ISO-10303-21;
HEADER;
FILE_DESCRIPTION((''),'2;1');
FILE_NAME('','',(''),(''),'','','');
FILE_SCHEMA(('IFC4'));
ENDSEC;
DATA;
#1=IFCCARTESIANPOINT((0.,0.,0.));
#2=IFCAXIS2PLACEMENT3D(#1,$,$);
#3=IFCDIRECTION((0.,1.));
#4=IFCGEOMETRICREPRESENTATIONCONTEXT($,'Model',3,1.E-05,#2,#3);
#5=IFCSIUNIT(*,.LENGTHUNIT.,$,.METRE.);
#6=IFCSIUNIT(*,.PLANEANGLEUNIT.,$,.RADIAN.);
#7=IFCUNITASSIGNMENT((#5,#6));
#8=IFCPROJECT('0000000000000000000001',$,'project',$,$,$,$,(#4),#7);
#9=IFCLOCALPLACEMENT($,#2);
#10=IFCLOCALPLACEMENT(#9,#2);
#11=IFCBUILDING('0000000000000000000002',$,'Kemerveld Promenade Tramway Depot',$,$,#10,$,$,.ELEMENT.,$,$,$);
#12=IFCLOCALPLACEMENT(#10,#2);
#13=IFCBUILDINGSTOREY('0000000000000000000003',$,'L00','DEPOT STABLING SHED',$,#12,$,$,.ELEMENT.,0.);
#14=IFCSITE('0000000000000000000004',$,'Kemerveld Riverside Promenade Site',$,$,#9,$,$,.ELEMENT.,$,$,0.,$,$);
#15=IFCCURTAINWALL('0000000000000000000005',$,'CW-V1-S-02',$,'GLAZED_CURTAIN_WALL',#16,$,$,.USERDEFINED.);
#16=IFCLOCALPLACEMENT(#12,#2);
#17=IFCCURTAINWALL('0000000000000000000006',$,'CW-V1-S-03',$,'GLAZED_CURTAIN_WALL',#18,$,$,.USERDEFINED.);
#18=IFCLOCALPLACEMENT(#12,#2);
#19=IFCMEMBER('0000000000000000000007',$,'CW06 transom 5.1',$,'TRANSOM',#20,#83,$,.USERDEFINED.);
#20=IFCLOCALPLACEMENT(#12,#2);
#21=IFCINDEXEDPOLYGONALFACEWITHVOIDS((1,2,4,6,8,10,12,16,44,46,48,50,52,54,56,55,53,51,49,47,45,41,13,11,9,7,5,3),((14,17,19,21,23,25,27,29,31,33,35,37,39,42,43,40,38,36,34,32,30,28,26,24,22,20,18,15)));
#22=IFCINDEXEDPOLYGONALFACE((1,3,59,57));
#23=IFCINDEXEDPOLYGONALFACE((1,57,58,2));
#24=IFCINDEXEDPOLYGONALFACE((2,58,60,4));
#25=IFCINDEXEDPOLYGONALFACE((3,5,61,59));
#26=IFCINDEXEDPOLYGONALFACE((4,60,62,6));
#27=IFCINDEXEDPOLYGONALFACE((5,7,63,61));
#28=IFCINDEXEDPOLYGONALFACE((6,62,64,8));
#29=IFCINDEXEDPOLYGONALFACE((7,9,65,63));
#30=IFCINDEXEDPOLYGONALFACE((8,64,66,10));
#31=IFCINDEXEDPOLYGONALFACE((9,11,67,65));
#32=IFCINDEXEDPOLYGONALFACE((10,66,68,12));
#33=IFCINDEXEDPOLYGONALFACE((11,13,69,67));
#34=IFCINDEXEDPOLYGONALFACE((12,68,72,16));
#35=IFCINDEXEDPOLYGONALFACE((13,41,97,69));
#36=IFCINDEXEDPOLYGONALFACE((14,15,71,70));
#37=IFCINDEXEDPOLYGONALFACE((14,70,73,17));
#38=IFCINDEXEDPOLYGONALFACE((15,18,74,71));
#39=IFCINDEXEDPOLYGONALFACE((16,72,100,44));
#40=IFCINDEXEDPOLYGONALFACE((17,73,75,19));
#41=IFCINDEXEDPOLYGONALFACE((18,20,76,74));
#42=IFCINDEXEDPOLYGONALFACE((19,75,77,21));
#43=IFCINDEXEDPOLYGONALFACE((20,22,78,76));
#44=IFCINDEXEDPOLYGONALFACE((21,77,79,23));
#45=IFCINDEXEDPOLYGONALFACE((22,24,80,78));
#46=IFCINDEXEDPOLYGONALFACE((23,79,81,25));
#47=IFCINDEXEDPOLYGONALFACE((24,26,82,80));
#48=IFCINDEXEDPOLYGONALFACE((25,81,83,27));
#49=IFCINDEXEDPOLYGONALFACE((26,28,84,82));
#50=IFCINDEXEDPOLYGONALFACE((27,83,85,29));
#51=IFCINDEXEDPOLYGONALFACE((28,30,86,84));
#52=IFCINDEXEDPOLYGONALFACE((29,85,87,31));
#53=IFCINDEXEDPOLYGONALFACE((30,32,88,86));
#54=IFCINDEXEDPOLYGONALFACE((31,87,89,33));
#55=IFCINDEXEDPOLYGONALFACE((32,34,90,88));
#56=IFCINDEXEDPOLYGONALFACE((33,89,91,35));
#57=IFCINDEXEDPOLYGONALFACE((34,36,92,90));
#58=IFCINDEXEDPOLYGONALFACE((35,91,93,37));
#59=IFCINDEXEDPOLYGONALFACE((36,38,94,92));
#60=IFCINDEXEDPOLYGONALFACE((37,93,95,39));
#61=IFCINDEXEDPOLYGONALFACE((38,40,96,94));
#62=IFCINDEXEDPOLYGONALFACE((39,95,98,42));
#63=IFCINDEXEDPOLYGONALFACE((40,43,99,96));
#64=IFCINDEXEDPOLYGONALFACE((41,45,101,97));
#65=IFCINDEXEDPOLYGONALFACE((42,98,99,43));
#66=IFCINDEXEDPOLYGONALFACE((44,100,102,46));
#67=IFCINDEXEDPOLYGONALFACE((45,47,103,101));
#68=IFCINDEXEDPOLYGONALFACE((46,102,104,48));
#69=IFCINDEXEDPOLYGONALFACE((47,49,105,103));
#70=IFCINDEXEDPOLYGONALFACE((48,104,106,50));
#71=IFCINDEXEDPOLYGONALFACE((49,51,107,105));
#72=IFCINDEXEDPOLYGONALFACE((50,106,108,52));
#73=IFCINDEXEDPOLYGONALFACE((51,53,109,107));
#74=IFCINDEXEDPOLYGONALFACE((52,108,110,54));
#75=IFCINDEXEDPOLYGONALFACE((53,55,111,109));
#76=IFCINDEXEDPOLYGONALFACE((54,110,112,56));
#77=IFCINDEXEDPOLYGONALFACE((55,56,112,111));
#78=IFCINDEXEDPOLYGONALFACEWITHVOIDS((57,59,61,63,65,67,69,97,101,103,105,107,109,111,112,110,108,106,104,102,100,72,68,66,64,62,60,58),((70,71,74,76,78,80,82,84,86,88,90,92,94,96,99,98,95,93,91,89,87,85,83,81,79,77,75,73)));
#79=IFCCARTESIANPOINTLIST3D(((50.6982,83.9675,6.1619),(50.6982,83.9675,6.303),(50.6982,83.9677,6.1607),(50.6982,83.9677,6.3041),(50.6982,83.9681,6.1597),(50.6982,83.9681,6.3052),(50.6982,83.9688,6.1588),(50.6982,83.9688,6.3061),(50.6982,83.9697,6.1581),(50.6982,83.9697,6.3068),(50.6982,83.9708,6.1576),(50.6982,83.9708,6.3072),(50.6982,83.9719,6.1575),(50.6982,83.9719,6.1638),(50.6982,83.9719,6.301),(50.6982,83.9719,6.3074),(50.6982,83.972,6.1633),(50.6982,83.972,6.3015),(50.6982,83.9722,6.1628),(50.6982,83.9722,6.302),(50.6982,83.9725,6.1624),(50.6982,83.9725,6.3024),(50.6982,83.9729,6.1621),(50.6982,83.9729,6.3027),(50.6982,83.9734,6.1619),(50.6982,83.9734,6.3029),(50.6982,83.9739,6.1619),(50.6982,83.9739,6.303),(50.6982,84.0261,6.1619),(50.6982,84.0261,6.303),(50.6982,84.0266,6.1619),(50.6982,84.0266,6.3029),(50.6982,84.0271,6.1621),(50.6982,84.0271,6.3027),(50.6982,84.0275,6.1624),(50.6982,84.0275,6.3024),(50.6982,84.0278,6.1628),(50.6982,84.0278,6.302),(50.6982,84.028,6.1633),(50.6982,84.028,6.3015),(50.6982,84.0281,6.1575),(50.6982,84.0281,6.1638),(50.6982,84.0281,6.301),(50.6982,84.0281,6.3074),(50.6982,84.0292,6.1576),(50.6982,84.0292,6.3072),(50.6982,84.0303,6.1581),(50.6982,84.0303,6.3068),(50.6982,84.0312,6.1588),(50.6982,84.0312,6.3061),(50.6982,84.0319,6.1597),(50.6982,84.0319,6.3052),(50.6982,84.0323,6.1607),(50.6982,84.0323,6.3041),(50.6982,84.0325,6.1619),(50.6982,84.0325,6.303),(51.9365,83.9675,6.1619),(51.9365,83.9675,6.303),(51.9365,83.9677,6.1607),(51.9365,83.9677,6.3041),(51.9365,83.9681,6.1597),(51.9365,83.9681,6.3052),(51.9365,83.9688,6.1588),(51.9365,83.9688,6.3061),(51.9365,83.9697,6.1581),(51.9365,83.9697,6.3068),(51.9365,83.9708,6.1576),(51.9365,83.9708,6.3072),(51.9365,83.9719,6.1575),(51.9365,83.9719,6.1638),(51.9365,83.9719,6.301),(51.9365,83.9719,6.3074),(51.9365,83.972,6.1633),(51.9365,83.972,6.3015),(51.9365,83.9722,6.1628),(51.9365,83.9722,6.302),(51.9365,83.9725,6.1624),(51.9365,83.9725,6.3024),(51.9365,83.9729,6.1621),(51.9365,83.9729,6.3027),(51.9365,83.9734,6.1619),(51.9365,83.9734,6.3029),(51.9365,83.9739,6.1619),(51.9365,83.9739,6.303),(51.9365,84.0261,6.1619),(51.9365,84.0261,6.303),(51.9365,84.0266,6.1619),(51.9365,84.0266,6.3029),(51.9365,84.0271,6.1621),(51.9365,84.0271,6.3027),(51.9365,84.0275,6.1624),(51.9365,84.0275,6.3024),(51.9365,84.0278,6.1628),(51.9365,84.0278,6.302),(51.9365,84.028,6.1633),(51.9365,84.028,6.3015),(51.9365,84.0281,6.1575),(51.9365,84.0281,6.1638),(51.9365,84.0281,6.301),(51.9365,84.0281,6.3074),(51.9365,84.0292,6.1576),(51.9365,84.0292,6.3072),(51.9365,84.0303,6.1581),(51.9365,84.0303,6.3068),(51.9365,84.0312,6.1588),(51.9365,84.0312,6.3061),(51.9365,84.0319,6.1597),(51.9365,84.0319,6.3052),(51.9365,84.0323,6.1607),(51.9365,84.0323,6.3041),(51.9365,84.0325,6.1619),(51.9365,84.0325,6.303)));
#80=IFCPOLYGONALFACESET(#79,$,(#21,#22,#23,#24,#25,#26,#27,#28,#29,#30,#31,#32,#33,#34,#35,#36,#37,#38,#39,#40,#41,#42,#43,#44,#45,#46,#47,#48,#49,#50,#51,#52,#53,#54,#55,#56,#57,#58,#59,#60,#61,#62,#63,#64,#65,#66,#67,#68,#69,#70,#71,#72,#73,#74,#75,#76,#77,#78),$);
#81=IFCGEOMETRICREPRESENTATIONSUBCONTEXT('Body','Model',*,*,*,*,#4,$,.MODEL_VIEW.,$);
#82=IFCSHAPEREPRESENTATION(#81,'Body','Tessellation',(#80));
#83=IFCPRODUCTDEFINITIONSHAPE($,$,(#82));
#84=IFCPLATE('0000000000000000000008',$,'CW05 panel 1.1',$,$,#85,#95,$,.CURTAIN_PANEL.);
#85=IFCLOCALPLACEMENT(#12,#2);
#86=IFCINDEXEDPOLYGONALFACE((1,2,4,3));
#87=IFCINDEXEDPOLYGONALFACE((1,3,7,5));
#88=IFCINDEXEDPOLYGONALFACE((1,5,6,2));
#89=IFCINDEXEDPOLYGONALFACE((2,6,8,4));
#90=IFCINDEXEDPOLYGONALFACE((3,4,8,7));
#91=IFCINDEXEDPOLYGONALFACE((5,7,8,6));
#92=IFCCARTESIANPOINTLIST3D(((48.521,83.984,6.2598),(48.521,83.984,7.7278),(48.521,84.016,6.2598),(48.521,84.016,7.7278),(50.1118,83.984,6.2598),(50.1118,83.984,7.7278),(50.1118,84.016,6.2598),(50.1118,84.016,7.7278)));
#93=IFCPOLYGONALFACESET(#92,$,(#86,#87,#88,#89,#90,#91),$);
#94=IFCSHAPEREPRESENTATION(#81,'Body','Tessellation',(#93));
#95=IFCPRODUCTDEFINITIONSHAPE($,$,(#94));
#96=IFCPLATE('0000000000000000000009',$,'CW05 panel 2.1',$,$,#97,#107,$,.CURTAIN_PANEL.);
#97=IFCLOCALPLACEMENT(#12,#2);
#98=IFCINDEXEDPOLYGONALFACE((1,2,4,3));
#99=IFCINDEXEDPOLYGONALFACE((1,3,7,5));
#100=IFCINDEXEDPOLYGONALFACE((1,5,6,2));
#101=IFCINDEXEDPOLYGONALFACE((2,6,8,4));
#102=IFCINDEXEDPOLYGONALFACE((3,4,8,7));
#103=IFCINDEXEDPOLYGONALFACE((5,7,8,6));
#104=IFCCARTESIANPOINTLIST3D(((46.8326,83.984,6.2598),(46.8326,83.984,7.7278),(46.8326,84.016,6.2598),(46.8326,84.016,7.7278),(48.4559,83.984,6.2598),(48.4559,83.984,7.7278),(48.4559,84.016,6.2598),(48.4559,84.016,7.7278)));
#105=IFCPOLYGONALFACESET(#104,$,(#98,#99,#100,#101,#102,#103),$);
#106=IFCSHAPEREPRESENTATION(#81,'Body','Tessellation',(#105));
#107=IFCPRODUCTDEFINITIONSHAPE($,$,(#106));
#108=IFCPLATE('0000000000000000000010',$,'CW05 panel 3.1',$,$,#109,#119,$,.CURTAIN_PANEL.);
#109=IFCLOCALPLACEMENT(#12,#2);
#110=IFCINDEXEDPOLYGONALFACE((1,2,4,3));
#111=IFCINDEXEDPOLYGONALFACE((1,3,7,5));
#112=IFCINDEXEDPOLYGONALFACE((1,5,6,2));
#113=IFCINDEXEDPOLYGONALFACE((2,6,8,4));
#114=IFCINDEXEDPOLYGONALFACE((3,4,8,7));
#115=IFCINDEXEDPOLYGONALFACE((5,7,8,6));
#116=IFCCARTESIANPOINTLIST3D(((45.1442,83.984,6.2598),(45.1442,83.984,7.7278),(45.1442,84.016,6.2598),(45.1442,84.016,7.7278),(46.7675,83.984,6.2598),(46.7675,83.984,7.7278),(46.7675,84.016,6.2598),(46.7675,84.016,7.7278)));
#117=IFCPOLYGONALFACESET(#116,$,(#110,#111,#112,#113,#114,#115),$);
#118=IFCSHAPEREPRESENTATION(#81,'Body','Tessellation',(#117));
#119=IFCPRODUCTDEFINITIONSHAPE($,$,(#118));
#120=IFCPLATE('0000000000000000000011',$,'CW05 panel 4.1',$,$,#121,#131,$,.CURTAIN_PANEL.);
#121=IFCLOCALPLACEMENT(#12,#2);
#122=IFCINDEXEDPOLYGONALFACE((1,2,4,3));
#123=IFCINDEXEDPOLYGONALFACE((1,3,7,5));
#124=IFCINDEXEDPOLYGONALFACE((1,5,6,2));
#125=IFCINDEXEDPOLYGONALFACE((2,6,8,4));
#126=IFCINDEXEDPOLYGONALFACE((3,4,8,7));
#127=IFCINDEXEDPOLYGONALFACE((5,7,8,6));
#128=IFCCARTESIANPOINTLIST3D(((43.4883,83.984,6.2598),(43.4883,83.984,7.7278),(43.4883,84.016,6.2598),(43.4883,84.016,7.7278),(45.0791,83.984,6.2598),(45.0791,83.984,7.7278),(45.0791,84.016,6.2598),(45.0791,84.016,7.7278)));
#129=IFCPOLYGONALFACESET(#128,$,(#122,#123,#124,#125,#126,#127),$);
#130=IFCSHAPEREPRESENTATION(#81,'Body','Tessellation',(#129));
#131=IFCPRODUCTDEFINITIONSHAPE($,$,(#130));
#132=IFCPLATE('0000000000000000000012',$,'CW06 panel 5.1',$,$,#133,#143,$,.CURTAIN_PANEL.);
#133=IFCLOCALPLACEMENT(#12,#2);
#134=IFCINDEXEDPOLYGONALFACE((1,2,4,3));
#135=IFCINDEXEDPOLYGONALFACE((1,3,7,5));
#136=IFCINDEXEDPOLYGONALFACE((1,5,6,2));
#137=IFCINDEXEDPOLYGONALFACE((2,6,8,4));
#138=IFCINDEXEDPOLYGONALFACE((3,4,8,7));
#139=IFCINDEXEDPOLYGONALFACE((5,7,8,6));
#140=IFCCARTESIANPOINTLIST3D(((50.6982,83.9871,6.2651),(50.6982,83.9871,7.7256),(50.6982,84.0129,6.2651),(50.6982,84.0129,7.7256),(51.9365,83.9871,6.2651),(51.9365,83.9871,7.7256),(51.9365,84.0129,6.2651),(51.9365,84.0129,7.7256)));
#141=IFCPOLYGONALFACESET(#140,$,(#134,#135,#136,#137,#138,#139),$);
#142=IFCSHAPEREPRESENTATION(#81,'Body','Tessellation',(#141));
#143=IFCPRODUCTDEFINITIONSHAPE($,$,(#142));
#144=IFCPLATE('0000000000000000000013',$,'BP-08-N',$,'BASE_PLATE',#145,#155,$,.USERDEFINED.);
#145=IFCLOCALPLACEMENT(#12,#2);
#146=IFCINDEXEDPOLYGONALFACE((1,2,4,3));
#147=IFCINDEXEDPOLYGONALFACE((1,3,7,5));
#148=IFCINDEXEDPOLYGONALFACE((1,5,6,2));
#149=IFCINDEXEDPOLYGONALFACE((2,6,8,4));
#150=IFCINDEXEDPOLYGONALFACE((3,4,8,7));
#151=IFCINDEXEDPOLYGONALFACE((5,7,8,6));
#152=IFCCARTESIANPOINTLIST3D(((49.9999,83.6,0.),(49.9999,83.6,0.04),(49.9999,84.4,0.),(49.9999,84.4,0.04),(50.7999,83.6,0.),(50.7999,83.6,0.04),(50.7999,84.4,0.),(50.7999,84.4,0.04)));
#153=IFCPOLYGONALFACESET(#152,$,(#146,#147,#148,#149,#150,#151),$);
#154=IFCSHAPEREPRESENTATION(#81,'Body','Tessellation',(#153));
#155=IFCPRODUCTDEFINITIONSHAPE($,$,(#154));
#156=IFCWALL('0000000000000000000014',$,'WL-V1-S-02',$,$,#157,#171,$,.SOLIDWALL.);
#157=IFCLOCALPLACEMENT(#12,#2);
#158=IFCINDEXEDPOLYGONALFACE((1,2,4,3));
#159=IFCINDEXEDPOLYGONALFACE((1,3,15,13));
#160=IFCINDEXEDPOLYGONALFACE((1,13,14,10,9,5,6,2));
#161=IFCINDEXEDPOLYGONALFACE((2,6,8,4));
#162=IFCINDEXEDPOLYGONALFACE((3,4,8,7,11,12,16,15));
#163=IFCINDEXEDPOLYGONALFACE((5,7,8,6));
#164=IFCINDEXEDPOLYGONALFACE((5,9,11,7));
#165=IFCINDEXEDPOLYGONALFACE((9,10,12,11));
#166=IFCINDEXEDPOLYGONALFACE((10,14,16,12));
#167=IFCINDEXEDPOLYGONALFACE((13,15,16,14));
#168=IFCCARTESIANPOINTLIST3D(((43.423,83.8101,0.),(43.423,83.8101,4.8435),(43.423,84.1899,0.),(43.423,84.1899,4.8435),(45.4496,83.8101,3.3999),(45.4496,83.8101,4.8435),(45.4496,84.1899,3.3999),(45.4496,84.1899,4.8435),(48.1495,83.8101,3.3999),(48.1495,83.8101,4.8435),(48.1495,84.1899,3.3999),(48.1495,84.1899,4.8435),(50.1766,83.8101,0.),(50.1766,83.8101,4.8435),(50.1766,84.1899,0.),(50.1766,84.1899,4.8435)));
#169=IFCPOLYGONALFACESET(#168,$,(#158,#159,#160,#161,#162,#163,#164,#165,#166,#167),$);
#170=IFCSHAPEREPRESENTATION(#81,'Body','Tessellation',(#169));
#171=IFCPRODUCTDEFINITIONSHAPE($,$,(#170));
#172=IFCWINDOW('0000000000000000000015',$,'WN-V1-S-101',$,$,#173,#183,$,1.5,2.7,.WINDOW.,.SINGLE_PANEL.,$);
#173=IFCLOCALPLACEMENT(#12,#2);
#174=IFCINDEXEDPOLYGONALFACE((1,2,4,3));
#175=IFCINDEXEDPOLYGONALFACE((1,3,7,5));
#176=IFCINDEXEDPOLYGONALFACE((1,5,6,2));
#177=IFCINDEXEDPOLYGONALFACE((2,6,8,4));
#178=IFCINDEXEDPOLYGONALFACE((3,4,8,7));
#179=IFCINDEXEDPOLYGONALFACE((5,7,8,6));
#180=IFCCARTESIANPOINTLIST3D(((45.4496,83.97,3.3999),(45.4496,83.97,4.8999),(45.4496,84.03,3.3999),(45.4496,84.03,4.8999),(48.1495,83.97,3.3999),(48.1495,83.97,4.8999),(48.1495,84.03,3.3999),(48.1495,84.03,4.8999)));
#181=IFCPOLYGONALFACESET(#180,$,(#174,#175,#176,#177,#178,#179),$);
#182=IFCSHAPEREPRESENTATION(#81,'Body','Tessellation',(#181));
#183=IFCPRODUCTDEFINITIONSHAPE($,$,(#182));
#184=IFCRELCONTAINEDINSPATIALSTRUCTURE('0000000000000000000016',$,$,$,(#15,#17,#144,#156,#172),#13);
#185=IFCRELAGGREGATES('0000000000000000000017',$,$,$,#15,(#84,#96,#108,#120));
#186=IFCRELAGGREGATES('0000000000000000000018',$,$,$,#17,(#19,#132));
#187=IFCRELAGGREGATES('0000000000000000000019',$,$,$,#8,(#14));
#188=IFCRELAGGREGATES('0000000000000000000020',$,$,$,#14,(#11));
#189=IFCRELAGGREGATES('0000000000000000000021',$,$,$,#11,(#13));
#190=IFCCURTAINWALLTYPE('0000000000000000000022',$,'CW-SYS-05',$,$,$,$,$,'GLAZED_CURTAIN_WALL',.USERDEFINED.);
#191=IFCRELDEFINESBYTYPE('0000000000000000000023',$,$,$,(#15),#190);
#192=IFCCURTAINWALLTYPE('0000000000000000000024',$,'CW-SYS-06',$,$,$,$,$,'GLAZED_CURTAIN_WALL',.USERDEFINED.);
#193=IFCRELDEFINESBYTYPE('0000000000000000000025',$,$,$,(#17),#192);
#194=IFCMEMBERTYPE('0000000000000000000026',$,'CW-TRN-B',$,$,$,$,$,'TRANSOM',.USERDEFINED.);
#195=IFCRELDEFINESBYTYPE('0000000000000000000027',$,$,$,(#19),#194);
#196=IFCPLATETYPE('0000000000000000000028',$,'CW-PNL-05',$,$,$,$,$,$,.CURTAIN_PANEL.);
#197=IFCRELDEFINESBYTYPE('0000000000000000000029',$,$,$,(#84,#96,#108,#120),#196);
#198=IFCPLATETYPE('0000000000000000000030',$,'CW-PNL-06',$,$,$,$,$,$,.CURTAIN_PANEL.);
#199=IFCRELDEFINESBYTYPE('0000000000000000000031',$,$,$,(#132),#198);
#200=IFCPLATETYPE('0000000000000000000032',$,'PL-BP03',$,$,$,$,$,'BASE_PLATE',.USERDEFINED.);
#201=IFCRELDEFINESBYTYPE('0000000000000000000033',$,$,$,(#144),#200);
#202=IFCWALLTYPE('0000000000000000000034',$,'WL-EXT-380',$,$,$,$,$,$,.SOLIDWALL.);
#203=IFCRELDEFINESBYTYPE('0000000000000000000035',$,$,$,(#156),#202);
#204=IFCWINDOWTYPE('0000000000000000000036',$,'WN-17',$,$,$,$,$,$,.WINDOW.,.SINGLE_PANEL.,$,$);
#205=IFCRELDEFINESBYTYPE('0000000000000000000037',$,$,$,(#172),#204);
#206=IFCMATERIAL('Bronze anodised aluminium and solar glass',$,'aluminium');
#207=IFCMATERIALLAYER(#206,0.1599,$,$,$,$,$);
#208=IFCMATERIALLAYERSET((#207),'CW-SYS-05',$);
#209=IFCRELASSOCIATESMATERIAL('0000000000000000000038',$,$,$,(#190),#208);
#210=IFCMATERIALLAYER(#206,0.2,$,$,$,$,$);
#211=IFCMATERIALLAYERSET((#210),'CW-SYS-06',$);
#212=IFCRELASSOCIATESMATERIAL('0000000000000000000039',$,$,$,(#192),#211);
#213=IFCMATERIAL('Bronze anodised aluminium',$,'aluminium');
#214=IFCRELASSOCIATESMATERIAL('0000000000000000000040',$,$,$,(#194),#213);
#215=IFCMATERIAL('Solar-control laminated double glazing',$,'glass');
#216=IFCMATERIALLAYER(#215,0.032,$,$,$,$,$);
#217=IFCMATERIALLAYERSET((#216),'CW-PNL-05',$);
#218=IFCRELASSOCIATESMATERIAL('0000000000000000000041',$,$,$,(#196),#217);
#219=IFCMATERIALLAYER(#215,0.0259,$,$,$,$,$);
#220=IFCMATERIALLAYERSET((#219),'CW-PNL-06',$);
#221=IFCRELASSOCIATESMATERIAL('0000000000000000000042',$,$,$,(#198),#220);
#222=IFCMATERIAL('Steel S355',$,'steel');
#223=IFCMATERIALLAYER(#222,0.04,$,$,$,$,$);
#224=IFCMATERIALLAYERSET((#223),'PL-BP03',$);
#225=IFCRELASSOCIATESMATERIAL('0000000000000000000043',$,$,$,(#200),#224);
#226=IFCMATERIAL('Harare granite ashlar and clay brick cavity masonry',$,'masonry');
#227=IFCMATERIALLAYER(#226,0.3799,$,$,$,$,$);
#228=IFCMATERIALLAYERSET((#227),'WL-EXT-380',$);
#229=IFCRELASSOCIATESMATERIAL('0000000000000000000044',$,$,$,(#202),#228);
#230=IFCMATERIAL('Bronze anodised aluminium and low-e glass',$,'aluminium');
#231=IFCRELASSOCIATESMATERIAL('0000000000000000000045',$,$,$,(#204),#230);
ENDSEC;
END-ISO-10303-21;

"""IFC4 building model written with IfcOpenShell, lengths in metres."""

from ifc_helpers import new_model, si_unit, direction, frame, frame_2d, origin, origin_2d, place, context, subcontext, project, spatial, rectangle, hollow_rectangle, extrude, material, layer, layer_set, material_profile, profile_set, type_object, element, fill, aggregate, save


model = new_model("IFC4")

# Units and contexts
model_context = context("Model", 3, precision=1e-05, world=origin(), true_north=direction((0.0, 1.0)))
body_context = subcontext(model_context, "Body", "Model", "MODEL_VIEW")
ifc_project = project(units=[si_unit("LENGTHUNIT", "METRE"), si_unit("PLANEANGLEUNIT", "RADIAN")], contexts=[model_context])

# Site, building, storey
site_placement = place(None, origin())
site = spatial("IfcSite", under=ifc_project, at=site_placement, Name="Kemerveld Riverside Promenade Site", CompositionType="ELEMENT", RefElevation=0.0)
building_placement = place(site_placement, origin())
building = spatial("IfcBuilding", under=site, at=building_placement, Name="Kemerveld Promenade Tramway Depot", CompositionType="ELEMENT")
storey_placement = place(building_placement, origin())
storey = spatial("IfcBuildingStorey", under=building, at=storey_placement, Name="L00", Description="DEPOT STABLING SHED", CompositionType="ELEMENT", Elevation=0.0)

# Shared definitions
ifc_material_1 = material(Name="Steel S355", Category="steel")

# Curtain wall
ifc_material_2 = material(Name="Bronze anodised aluminium and solar glass", Category="aluminium")
ifc_layer_1 = layer(ifc_material_2, 0.1599)
ifc_layer_set_1 = layer_set([ifc_layer_1], Name="CW-SYS-05")
curtain_wall_type_1 = type_object("IfcCurtainWallType", Name="CW-SYS-05", ElementType="GLAZED_CURTAIN_WALL", PredefinedType="USERDEFINED", material=ifc_layer_set_1)
curtain_wall_1_placement = place(storey_placement, origin())
curtain_wall_1 = element("IfcCurtainWall", 1, at=curtain_wall_1_placement, inside=storey, type_object=curtain_wall_type_1, Name="CW-V1-S-02", ObjectType="GLAZED_CURTAIN_WALL", PredefinedType="USERDEFINED")
ifc_material_3 = material(Name="Bronze anodised aluminium", Category="aluminium")

# Curtain wall
ifc_layer_2 = layer(ifc_material_2, 0.2)
ifc_layer_set_2 = layer_set([ifc_layer_2], Name="CW-SYS-06")
curtain_wall_type_2 = type_object("IfcCurtainWallType", Name="CW-SYS-06", ElementType="GLAZED_CURTAIN_WALL", PredefinedType="USERDEFINED", material=ifc_layer_set_2)
curtain_wall_2_placement = place(storey_placement, origin())
curtain_wall_2 = element("IfcCurtainWall", 2, at=curtain_wall_2_placement, inside=storey, type_object=curtain_wall_type_2, Name="CW-V1-S-03", ObjectType="GLAZED_CURTAIN_WALL", PredefinedType="USERDEFINED")

# Member
ifc_material_profile_1 = material_profile(ifc_material_3, hollow_rectangle(XDim=0.0649, YDim=0.1499, WallThickness=0.0044, InnerFilletRadius=0.002, OuterFilletRadius=0.0044, at=origin_2d()), Name="CW-TRN-150x65")
ifc_profile_set_1 = profile_set([ifc_material_profile_1], Name="Bronze anodised aluminium")
member_type_1 = type_object("IfcMemberType", Name="CW-TRN-B", ElementType="TRANSOM", PredefinedType="USERDEFINED", material=ifc_profile_set_1)
member_1_placement = place(storey_placement, frame((51.9365, 84.0, 6.2324), z_axis=(-1.0, 0.0, 0.0), x_axis=(0.0, -1.0, 0.0)))
member_1 = element("IfcMember", 3, at=member_1_placement, type_object=member_type_1, Name="CW06 transom 5.1", ObjectType="TRANSOM", PredefinedType="USERDEFINED", context=body_context, shape_type="SweptSolid", body=[
    extrude(hollow_rectangle(XDim=0.0649, YDim=0.1499, WallThickness=0.0044, InnerFilletRadius=0.002, OuterFilletRadius=0.0044, at=origin_2d()), origin(), (0.0, 0.0, 1.0), 1.2383),
])

# Plates
ifc_material_4 = material(Name="Solar-control laminated double glazing", Category="glass")
ifc_layer_3 = layer(ifc_material_4, 0.032)
ifc_layer_set_3 = layer_set([ifc_layer_3], Name="CW-PNL-05")
plate_type_1 = type_object("IfcPlateType", Name="CW-PNL-05", PredefinedType="CURTAIN_PANEL", material=ifc_layer_set_3)
plate_1_placement = place(storey_placement, frame((49.3164, 84.0, 6.2598), z_axis=(0.0, 0.0, 1.0), x_axis=(-1.0, 0.0, 0.0)))
plate_1 = element("IfcPlate", 4, at=plate_1_placement, type_object=plate_type_1, Name="CW05 panel 1.1", PredefinedType="CURTAIN_PANEL", context=body_context, shape_type="SweptSolid", body=[
    extrude(rectangle(XDim=1.5908, YDim=0.032, at=origin_2d()), origin(), (0.0, 0.0, 1.0), 1.468),
])
plate_2_placement = place(storey_placement, frame((47.6443, 84.0, 6.2598), z_axis=(0.0, 0.0, 1.0), x_axis=(-1.0, 0.0, 0.0)))
plate_2 = element("IfcPlate", 5, at=plate_2_placement, type_object=plate_type_1, Name="CW05 panel 2.1", PredefinedType="CURTAIN_PANEL", context=body_context, shape_type="SweptSolid", body=[
    extrude(rectangle(XDim=1.6233, YDim=0.032, at=origin_2d()), origin(), (0.0, 0.0, 1.0), 1.468),
])
plate_3_placement = place(storey_placement, frame((45.9558, 84.0, 6.2598), z_axis=(0.0, 0.0, 1.0), x_axis=(-1.0, 0.0, 0.0)))
plate_3 = element("IfcPlate", 6, at=plate_3_placement, type_object=plate_type_1, Name="CW05 panel 3.1", PredefinedType="CURTAIN_PANEL", context=body_context, shape_type="SweptSolid", body=[
    extrude(rectangle(XDim=1.6233, YDim=0.032, at=origin_2d()), origin(), (0.0, 0.0, 1.0), 1.468),
])
plate_4_placement = place(storey_placement, frame((44.2837, 84.0, 6.2598), z_axis=(0.0, 0.0, 1.0), x_axis=(-1.0, 0.0, 0.0)))
plate_4 = element("IfcPlate", 7, at=plate_4_placement, type_object=plate_type_1, Name="CW05 panel 4.1", PredefinedType="CURTAIN_PANEL", context=body_context, shape_type="SweptSolid", body=[
    extrude(rectangle(XDim=1.5908, YDim=0.032, at=origin_2d()), origin(), (0.0, 0.0, 1.0), 1.468),
])
aggregate(curtain_wall_1, [plate_1, plate_2, plate_3, plate_4])
ifc_layer_4 = layer(ifc_material_4, 0.0259)
ifc_layer_set_4 = layer_set([ifc_layer_4], Name="CW-PNL-06")
plate_type_2 = type_object("IfcPlateType", Name="CW-PNL-06", PredefinedType="CURTAIN_PANEL", material=ifc_layer_set_4)
plate_5_placement = place(storey_placement, frame((51.3174, 84.0, 6.2651), z_axis=(0.0, 0.0, 1.0), x_axis=(-1.0, 0.0, 0.0)))
plate_5 = element("IfcPlate", 8, at=plate_5_placement, type_object=plate_type_2, Name="CW06 panel 5.1", PredefinedType="CURTAIN_PANEL", context=body_context, shape_type="SweptSolid", body=[
    extrude(rectangle(XDim=1.2383, YDim=0.0259, at=origin_2d()), origin(), (0.0, 0.0, 1.0), 1.4604),
])
aggregate(curtain_wall_2, [member_1, plate_5])
ifc_layer_5 = layer(ifc_material_1, 0.04)
ifc_layer_set_5 = layer_set([ifc_layer_5], Name="PL-BP03")
plate_type_3 = type_object("IfcPlateType", Name="PL-BP03", ElementType="BASE_PLATE", PredefinedType="USERDEFINED", material=ifc_layer_set_5)
plate_6_placement = place(storey_placement, frame((50.3999, 84.0, 0.0), z_axis=(0.0, 0.0, 1.0), x_axis=(1.0, 0.0, 0.0)))
element("IfcPlate", 9, at=plate_6_placement, inside=storey, type_object=plate_type_3, Name="BP-08-N", ObjectType="BASE_PLATE", PredefinedType="USERDEFINED", context=body_context, shape_type="SweptSolid", body=[
    extrude(rectangle(XDim=0.8, YDim=0.8, at=origin_2d()), origin(), (0.0, 0.0, 1.0), 0.04),
])

# Wall, opening, window
ifc_material_5 = material(Name="Harare granite ashlar and clay brick cavity masonry", Category="masonry")
ifc_layer_6 = layer(ifc_material_5, 0.3799)
ifc_layer_set_6 = layer_set([ifc_layer_6], Name="WL-EXT-380")
wall_type_1 = type_object("IfcWallType", Name="WL-EXT-380", PredefinedType="SOLIDWALL", material=ifc_layer_set_6)
wall_1_placement = place(storey_placement, frame((50.1768, 84.0, 0.0), z_axis=(0.0, 0.0, 1.0), x_axis=(-1.0, 0.0, 0.0)))
wall_1 = element("IfcWall", 10, at=wall_1_placement, inside=storey, type_object=wall_type_1, Name="WL-V1-S-02", PredefinedType="SOLIDWALL", context=body_context, shape_type="SweptSolid", body=[
    extrude(rectangle(XDim=6.7537, YDim=0.3799, at=frame_2d((3.377, 0.0))), origin(), (0.0, 0.0, 1.0), 4.8435),
])
opening_placement = place(wall_1_placement, frame((2.0271, 0.0, 3.3999)))
opening = element("IfcOpeningElement", 11, at=opening_placement, cuts=wall_1, PredefinedType="OPENING", context=body_context, shape_type="SweptSolid", body=[
    extrude(rectangle(XDim=2.7, YDim=1.5, at=frame_2d((1.3501, 0.75))), frame((0.0, 0.2, 0.0), z_axis=(0.0, -1.0, 0.0), x_axis=(1.0, 0.0, 0.0)), (0.0, 0.0, 1.0), 0.3999),
])
ifc_material_6 = material(Name="Bronze anodised aluminium and low-e glass", Category="aluminium")
window_type = type_object("IfcWindowType", Name="WN-17", PartitioningType="SINGLE_PANEL", PredefinedType="WINDOW", material=ifc_material_6)
window_placement = place(opening_placement, origin())
window = element("IfcWindow", 12, at=window_placement, inside=storey, type_object=window_type, Name="WN-V1-S-101", OverallHeight=1.5, OverallWidth=2.7, PartitioningType="SINGLE_PANEL", PredefinedType="WINDOW", context=body_context, shape_type="SweptSolid", body=[
    extrude(rectangle(XDim=2.7, YDim=1.5, at=frame_2d((1.3501, 0.75))), frame((0.0, 0.03, 0.0), z_axis=(0.0, -1.0, 0.0), x_axis=(1.0, 0.0, 0.0)), (0.0, 0.0, 1.0), 0.0601),
])
fill(opening, window)

save(model, "model.ifc")
